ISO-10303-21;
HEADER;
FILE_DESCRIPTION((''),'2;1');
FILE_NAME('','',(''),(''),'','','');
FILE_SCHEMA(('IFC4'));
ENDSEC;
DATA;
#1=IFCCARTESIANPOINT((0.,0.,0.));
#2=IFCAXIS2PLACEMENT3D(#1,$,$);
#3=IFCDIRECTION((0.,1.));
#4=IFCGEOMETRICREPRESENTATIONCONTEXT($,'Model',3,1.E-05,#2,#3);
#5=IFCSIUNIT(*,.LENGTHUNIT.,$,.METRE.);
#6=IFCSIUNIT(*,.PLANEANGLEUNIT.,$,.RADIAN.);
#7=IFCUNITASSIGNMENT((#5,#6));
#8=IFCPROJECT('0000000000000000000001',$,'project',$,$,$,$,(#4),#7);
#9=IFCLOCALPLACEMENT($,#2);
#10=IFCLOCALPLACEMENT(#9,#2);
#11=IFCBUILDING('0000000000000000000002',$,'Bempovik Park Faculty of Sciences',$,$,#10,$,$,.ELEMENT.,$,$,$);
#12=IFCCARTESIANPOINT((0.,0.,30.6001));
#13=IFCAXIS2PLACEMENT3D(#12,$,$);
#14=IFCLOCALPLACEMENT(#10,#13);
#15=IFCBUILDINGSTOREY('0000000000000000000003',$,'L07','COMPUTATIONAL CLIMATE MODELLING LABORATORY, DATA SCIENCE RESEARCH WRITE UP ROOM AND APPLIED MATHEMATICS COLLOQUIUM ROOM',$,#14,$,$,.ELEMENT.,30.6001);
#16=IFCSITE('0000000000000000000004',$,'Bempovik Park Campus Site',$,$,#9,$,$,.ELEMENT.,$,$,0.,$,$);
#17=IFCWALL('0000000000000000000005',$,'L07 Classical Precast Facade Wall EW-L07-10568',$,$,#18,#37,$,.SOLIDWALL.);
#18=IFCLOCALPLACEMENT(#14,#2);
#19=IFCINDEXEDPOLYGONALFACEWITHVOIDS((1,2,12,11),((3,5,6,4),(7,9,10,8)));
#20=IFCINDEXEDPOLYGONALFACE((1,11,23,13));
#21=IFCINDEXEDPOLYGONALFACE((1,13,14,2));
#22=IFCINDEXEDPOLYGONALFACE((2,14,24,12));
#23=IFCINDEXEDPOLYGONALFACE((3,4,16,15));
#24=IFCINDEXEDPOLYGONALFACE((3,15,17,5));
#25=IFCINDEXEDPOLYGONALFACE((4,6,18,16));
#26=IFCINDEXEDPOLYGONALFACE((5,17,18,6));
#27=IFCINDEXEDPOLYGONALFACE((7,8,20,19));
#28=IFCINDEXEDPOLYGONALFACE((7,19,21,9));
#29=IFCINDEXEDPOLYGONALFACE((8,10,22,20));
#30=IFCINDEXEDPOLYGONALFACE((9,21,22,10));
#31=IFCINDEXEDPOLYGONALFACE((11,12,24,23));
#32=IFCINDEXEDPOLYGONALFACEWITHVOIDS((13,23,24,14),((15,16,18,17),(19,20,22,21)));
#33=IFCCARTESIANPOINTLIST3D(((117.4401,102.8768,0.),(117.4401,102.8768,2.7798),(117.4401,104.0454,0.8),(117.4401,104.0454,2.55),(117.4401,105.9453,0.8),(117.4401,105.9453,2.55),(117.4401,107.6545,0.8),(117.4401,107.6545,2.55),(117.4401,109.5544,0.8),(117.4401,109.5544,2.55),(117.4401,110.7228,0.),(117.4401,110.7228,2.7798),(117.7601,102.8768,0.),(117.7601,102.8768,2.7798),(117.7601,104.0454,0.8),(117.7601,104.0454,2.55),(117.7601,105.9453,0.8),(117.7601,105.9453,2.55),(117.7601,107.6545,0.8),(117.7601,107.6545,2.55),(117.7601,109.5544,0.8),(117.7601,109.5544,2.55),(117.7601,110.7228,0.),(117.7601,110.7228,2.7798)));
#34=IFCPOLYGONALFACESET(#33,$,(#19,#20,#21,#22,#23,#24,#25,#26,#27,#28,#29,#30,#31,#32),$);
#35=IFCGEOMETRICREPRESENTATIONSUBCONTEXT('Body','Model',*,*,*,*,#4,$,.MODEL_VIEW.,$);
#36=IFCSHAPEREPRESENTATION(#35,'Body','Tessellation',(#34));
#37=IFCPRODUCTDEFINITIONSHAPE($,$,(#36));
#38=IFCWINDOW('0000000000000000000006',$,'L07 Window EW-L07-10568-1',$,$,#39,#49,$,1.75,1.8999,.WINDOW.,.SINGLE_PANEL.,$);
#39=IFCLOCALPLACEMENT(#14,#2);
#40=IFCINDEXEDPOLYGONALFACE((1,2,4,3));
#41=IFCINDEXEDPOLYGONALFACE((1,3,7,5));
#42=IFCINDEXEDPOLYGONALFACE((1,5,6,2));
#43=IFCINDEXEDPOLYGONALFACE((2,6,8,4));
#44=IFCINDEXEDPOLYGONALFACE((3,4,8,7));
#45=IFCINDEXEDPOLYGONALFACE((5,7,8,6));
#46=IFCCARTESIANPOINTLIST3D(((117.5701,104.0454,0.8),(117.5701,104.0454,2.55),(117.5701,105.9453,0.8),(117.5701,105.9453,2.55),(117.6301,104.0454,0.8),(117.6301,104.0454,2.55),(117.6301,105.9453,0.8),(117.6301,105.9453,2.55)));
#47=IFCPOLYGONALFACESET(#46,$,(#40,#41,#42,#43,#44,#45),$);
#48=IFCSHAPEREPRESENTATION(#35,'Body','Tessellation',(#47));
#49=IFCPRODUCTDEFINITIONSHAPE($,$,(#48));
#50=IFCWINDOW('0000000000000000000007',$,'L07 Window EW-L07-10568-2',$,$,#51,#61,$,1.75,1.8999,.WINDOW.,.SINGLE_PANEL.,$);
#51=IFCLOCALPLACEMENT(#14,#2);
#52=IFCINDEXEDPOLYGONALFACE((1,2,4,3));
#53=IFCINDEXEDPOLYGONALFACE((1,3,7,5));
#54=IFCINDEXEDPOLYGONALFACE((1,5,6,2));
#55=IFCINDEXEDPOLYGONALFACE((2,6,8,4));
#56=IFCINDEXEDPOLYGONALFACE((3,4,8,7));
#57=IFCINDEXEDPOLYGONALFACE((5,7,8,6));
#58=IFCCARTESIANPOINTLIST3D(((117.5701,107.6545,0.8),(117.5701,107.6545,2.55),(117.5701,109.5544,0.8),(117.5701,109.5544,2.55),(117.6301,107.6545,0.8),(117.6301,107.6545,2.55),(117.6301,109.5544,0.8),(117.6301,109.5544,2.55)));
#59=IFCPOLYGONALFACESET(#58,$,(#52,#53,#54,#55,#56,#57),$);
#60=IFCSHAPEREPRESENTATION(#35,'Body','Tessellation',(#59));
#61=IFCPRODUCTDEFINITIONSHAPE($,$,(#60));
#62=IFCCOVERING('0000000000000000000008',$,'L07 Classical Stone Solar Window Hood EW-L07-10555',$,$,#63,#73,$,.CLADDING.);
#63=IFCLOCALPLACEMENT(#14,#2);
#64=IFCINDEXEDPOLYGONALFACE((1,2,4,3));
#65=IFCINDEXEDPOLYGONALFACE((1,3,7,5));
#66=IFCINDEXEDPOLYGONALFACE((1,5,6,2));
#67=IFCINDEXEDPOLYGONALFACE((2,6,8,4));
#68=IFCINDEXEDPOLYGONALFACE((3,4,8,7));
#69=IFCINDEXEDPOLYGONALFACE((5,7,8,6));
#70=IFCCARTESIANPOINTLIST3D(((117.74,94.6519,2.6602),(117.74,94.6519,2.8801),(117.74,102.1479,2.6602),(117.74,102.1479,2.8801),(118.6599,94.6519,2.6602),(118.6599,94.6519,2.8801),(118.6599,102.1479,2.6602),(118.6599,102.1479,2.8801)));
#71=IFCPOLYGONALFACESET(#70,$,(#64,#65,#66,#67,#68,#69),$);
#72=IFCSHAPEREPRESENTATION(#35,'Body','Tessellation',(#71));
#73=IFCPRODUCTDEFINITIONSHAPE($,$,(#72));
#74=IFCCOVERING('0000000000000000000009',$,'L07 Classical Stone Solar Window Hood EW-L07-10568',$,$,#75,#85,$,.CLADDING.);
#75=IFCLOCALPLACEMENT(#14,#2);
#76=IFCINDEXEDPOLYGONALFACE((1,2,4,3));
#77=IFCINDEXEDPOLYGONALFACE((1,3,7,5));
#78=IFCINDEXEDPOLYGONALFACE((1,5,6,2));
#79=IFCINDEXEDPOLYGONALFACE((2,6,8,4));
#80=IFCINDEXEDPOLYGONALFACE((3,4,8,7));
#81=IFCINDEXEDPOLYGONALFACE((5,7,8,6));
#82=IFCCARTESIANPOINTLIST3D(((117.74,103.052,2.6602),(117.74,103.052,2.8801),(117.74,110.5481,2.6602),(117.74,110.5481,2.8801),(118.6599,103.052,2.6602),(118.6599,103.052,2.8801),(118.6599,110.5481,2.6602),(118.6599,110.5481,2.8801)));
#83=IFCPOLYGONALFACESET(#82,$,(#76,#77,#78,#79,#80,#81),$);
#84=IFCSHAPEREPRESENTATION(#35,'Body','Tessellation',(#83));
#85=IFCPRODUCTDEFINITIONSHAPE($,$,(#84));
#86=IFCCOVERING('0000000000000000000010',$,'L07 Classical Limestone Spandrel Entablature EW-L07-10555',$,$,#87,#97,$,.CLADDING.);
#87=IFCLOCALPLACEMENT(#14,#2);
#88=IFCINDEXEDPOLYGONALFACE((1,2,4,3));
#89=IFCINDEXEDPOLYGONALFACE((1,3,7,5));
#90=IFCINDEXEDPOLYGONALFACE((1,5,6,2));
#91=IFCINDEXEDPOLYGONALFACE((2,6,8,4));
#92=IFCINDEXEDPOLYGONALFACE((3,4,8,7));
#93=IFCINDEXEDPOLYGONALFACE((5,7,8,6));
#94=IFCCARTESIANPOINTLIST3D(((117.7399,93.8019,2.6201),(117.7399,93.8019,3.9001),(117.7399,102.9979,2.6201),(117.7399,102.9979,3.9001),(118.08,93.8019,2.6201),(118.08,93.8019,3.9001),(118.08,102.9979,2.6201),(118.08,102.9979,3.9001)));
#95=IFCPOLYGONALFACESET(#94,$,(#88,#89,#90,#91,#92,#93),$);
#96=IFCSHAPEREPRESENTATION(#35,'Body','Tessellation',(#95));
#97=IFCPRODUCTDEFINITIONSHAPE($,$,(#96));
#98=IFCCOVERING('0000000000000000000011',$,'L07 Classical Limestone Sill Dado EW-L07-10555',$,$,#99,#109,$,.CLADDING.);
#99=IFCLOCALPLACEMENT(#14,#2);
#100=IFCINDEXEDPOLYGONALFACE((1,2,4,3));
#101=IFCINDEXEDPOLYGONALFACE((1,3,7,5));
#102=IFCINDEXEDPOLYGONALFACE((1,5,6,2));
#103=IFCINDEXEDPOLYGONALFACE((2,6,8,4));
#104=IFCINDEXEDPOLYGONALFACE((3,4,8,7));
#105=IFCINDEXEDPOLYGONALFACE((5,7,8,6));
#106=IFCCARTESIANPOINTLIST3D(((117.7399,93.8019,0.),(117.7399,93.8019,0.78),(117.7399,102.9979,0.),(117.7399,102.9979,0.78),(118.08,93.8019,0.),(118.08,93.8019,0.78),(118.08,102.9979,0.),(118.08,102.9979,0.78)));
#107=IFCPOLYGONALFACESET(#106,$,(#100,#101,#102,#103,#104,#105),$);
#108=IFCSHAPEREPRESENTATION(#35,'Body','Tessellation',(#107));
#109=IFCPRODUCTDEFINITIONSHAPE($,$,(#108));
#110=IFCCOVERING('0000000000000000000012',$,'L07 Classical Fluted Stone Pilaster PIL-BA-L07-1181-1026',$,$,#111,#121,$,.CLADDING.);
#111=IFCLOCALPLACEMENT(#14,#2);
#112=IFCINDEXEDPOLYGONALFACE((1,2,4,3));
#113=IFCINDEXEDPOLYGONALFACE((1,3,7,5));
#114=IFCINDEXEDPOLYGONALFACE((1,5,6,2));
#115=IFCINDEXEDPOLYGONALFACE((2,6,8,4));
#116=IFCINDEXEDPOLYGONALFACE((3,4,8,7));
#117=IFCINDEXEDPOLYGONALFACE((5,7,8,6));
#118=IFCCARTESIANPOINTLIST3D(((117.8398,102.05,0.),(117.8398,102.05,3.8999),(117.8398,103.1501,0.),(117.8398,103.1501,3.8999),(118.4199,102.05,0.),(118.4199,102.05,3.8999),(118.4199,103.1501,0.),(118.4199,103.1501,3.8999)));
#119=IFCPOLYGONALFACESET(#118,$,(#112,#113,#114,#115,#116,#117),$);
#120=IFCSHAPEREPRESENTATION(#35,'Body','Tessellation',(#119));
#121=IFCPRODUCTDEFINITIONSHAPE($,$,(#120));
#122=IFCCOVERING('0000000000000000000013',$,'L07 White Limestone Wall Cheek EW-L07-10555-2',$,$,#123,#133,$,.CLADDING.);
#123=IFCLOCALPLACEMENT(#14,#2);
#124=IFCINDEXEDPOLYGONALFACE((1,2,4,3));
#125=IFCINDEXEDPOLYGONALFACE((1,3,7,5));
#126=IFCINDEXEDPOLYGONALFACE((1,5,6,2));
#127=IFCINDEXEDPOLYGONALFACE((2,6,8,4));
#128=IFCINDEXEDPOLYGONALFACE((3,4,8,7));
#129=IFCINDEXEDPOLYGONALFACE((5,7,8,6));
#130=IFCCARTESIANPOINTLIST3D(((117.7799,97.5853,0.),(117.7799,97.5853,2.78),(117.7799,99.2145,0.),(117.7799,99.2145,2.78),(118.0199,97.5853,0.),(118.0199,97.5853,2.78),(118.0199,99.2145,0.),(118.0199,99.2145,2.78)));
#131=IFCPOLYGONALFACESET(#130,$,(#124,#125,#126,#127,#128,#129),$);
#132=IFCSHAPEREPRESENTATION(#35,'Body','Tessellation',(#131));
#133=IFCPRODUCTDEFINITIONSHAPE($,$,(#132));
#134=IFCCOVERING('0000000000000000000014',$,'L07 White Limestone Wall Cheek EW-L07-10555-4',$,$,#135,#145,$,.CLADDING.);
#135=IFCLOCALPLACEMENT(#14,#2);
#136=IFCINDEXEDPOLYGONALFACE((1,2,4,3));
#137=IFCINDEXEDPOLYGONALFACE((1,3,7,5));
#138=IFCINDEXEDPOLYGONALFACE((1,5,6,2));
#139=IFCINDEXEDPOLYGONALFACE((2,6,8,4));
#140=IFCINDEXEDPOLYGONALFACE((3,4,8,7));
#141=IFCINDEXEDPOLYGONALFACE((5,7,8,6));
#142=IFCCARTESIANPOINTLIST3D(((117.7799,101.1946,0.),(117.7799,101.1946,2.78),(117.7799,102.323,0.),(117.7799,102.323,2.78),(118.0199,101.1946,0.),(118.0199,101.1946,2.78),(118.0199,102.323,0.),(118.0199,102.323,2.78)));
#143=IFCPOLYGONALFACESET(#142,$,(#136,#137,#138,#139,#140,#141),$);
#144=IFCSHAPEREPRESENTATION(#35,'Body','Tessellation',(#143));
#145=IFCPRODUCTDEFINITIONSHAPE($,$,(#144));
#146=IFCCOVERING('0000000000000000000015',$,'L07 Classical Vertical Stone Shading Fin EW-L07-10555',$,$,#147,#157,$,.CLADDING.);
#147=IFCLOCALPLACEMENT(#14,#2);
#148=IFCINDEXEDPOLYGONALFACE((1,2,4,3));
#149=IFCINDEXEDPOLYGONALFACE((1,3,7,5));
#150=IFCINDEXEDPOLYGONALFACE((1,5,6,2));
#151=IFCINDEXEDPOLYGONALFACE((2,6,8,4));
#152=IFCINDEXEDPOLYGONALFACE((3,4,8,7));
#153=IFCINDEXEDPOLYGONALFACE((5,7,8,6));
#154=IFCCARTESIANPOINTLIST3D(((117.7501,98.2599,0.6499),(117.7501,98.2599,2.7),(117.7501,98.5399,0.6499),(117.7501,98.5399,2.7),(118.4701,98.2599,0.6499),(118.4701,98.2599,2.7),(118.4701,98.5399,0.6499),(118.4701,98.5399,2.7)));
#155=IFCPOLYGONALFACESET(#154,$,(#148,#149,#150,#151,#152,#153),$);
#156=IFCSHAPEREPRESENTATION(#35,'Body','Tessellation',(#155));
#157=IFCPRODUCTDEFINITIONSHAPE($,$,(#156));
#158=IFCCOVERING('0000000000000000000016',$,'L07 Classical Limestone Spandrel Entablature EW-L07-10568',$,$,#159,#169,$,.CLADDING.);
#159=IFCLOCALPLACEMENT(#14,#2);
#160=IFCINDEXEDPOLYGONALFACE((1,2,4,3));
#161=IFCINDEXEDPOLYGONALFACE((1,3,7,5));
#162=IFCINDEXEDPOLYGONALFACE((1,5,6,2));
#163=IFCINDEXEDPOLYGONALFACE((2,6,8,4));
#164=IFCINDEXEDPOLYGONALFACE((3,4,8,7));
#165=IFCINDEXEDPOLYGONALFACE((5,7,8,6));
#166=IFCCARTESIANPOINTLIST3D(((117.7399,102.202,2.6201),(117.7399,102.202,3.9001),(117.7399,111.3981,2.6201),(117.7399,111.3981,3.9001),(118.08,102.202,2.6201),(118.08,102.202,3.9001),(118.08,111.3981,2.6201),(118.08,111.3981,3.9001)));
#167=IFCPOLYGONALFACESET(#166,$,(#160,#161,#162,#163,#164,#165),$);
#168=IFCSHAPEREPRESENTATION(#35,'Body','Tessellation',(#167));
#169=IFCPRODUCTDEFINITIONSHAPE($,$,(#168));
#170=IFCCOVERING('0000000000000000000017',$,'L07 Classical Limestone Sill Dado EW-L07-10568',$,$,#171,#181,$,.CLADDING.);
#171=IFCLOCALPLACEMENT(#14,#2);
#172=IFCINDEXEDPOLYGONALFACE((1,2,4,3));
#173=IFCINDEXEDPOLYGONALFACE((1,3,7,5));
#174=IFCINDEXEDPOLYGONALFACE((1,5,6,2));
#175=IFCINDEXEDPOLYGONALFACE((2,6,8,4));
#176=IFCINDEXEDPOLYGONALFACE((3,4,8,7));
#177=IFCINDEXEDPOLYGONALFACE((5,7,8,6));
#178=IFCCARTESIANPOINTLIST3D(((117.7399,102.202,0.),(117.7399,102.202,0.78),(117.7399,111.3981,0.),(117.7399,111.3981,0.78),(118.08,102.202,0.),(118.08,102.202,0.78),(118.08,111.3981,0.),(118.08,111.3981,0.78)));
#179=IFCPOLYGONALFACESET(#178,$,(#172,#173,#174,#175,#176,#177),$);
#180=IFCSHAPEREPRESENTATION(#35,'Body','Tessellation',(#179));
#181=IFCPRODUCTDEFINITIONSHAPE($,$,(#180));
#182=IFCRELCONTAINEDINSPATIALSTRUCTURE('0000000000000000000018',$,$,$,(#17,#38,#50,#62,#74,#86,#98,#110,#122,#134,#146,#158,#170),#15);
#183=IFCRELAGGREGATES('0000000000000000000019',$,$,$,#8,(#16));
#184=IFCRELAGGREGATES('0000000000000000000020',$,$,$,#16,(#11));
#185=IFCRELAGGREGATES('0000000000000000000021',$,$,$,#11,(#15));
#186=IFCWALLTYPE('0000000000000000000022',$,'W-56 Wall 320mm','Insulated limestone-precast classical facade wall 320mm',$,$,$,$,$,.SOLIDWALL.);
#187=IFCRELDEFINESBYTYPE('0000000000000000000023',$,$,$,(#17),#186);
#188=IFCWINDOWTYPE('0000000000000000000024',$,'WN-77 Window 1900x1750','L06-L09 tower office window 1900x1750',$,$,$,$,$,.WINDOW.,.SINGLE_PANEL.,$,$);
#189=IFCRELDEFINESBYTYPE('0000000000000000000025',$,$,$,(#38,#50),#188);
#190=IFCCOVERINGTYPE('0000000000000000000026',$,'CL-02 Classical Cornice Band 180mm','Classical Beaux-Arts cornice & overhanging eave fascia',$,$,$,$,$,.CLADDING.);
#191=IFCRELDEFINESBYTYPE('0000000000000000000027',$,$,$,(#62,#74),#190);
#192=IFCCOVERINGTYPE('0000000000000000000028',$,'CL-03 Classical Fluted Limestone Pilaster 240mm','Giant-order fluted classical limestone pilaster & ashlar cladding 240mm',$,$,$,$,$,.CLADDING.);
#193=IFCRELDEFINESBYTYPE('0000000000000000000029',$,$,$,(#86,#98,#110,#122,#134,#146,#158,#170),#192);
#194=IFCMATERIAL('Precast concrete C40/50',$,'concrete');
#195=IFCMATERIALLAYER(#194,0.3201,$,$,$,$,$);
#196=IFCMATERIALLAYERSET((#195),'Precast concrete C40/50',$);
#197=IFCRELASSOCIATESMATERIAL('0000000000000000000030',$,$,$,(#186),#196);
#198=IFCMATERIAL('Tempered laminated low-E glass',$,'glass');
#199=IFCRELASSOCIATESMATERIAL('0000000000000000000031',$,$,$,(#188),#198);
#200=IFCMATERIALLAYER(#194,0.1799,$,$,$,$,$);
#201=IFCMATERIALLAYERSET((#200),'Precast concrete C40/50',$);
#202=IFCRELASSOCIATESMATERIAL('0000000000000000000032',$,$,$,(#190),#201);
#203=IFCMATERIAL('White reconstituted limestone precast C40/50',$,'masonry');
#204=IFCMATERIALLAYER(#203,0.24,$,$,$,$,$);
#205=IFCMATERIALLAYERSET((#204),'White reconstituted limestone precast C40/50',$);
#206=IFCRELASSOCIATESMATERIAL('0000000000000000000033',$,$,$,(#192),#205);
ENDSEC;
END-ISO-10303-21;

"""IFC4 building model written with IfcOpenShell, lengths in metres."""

from ifc_helpers import new_model, si_unit, direction, frame, frame_2d, origin, origin_2d, place, context, subcontext, project, spatial, rectangle, extrude, material, layer, layer_set, type_object, element, fill, save


model = new_model("IFC4")

# Units and contexts
model_context = context("Model", 3, precision=1e-05, world=origin(), true_north=direction((0.0, 1.0)))
body_context = subcontext(model_context, "Body", "Model", "MODEL_VIEW")
ifc_project = project(units=[si_unit("LENGTHUNIT", "METRE"), si_unit("PLANEANGLEUNIT", "RADIAN")], contexts=[model_context])

# Site, building, storey
site_placement = place(None, origin())
site = spatial("IfcSite", under=ifc_project, at=site_placement, Name="Bempovik Park Campus Site", CompositionType="ELEMENT", RefElevation=0.0)
building_placement = place(site_placement, origin())
building = spatial("IfcBuilding", under=site, at=building_placement, Name="Bempovik Park Faculty of Sciences", CompositionType="ELEMENT")
storey_placement = place(building_placement, frame((0.0, 0.0, 30.6001)))
storey = spatial("IfcBuildingStorey", under=building, at=storey_placement, Name="L07", Description="COMPUTATIONAL CLIMATE MODELLING LABORATORY, DATA SCIENCE RESEARCH WRITE UP ROOM AND APPLIED MATHEMATICS COLLOQUIUM ROOM", CompositionType="ELEMENT", Elevation=30.6001)

# Wall, openings, windows
ifc_material_1 = material(Name="Precast concrete C40/50", Category="concrete")
ifc_layer_1 = layer(ifc_material_1, 0.3201)
ifc_layer_set_1 = layer_set([ifc_layer_1], Name="Precast concrete C40/50")
wall_type_1 = type_object("IfcWallType", Name="W-56 Wall 320mm", Description="Insulated limestone-precast classical facade wall 320mm", PredefinedType="SOLIDWALL", material=ifc_layer_set_1)
wall_1_placement = place(storey_placement, frame((117.6001, 102.877, 0.0), z_axis=(0.0, 0.0, 1.0), x_axis=(0.0, 1.0, 0.0)))
wall_1 = element("IfcWall", 1, at=wall_1_placement, inside=storey, type_object=wall_type_1, Name="L07 Classical Precast Facade Wall EW-L07-10568", PredefinedType="SOLIDWALL", context=body_context, shape_type="SweptSolid", body=[
    extrude(rectangle(XDim=7.8459, YDim=0.3201, at=frame_2d((3.9229, 0.0))), origin(), (0.0, 0.0, 1.0), 2.7798),
])
opening_1_placement = place(wall_1_placement, frame((1.1685, 0.0, 0.8)))
opening_1 = element("IfcOpeningElement", 2, at=opening_1_placement, cuts=wall_1, PredefinedType="OPENING", context=body_context, shape_type="SweptSolid", body=[
    extrude(rectangle(XDim=1.8999, YDim=1.75, at=frame_2d((0.95, 0.875))), frame((0.0, 0.1699, 0.0), z_axis=(0.0, -1.0, 0.0), x_axis=(1.0, 0.0, 0.0)), (0.0, 0.0, 1.0), 0.3401),
])
opening_2_placement = place(wall_1_placement, frame((4.7776, 0.0, 0.8)))
opening_2 = element("IfcOpeningElement", 3, at=opening_2_placement, cuts=wall_1, PredefinedType="OPENING", context=body_context, shape_type="SweptSolid", body=[
    extrude(rectangle(XDim=1.8999, YDim=1.75, at=frame_2d((0.95, 0.875))), frame((0.0, 0.1699, 0.0), z_axis=(0.0, -1.0, 0.0), x_axis=(1.0, 0.0, 0.0)), (0.0, 0.0, 1.0), 0.3401),
])
ifc_material_2 = material(Name="Tempered laminated low-E glass", Category="glass")
window_type = type_object("IfcWindowType", Name="WN-77 Window 1900x1750", Description="L06-L09 tower office window 1900x1750", PartitioningType="SINGLE_PANEL", PredefinedType="WINDOW", material=ifc_material_2)
window_1_placement = place(opening_1_placement, origin())
window_1 = element("IfcWindow", 4, at=window_1_placement, inside=storey, type_object=window_type, Name="L07 Window EW-L07-10568-1", OverallHeight=1.75, OverallWidth=1.8999, PartitioningType="SINGLE_PANEL", PredefinedType="WINDOW", context=body_context, shape_type="SweptSolid", body=[
    extrude(rectangle(XDim=1.8999, YDim=1.75, at=frame_2d((0.95, 0.875))), frame((0.0, 0.03, 0.0), z_axis=(0.0, -1.0, 0.0), x_axis=(1.0, 0.0, 0.0)), (0.0, 0.0, 1.0), 0.0601),
])
fill(opening_1, window_1)
window_2_placement = place(opening_2_placement, origin())
window_2 = element("IfcWindow", 5, at=window_2_placement, inside=storey, type_object=window_type, Name="L07 Window EW-L07-10568-2", OverallHeight=1.75, OverallWidth=1.8999, PartitioningType="SINGLE_PANEL", PredefinedType="WINDOW", context=body_context, shape_type="SweptSolid", body=[
    extrude(rectangle(XDim=1.8999, YDim=1.75, at=frame_2d((0.95, 0.875))), frame((0.0, 0.03, 0.0), z_axis=(0.0, -1.0, 0.0), x_axis=(1.0, 0.0, 0.0)), (0.0, 0.0, 1.0), 0.0601),
])
fill(opening_2, window_2)

# Coverings
ifc_layer_2 = layer(ifc_material_1, 0.1799)
ifc_layer_set_2 = layer_set([ifc_layer_2], Name="Precast concrete C40/50")
covering_type_1 = type_object("IfcCoveringType", Name="CL-02 Classical Cornice Band 180mm", Description="Classical Beaux-Arts cornice & overhanging eave fascia", PredefinedType="CLADDING", material=ifc_layer_set_2)
for number, where, z_axis, x_axis, name in (
    (6, (118.2, 98.3999, 2.6602), (0.0, 0.0, 1.0), (1.0, 0.0, 0.0), "L07 Classical Stone Solar Window Hood EW-L07-10555"),
    (7, (118.2, 106.8, 2.6602), (0.0, 0.0, 1.0), (1.0, 0.0, 0.0), "L07 Classical Stone Solar Window Hood EW-L07-10568"),
):
    element("IfcCovering", number, at=place(storey_placement, frame(where, z_axis=z_axis, x_axis=x_axis)), inside=storey, type_object=covering_type_1, Name=name, PredefinedType="CLADDING", context=body_context, shape_type="SweptSolid", body=[
        extrude(rectangle(XDim=0.9199, YDim=7.4961, at=origin_2d()), origin(), (0.0, 0.0, 1.0), 0.22),
    ])
ifc_material_3 = material(Name="White reconstituted limestone precast C40/50", Category="masonry")
ifc_layer_3 = layer(ifc_material_3, 0.24)
ifc_layer_set_3 = layer_set([ifc_layer_3], Name="White reconstituted limestone precast C40/50")
covering_type_2 = type_object("IfcCoveringType", Name="CL-03 Classical Fluted Limestone Pilaster 240mm", Description="Giant-order fluted classical limestone pilaster & ashlar cladding 240mm", PredefinedType="CLADDING", material=ifc_layer_set_3)
covering_1_placement = place(storey_placement, frame((117.9099, 98.3999, 2.6201), z_axis=(0.0, 0.0, 1.0), x_axis=(1.0, 0.0, 0.0)))
element("IfcCovering", 8, at=covering_1_placement, inside=storey, type_object=covering_type_2, Name="L07 Classical Limestone Spandrel Entablature EW-L07-10555", PredefinedType="CLADDING", context=body_context, shape_type="SweptSolid", body=[
    extrude(rectangle(XDim=0.3401, YDim=9.196, at=origin_2d()), origin(), (0.0, 0.0, 1.0), 1.28),
])
covering_2_placement = place(storey_placement, frame((117.9099, 98.3999, 0.0), z_axis=(0.0, 0.0, 1.0), x_axis=(1.0, 0.0, 0.0)))
element("IfcCovering", 9, at=covering_2_placement, inside=storey, type_object=covering_type_2, Name="L07 Classical Limestone Sill Dado EW-L07-10555", PredefinedType="CLADDING", context=body_context, shape_type="SweptSolid", body=[
    extrude(rectangle(XDim=0.3401, YDim=9.196, at=origin_2d()), origin(), (0.0, 0.0, 1.0), 0.78),
])
covering_3_placement = place(storey_placement, frame((118.1299, 102.6001, 0.0), z_axis=(0.0, 0.0, 1.0), x_axis=(1.0, 0.0, 0.0)))
element("IfcCovering", 10, at=covering_3_placement, inside=storey, type_object=covering_type_2, Name="L07 Classical Fluted Stone Pilaster PIL-BA-L07-1181-1026", PredefinedType="CLADDING", context=body_context, shape_type="SweptSolid", body=[
    extrude(rectangle(XDim=0.5801, YDim=1.1001, at=origin_2d()), origin(), (0.0, 0.0, 1.0), 3.8999),
])
covering_4_placement = place(storey_placement, frame((117.8999, 98.3999, 0.0), z_axis=(0.0, 0.0, 1.0), x_axis=(1.0, 0.0, 0.0)))
element("IfcCovering", 11, at=covering_4_placement, inside=storey, type_object=covering_type_2, Name="L07 White Limestone Wall Cheek EW-L07-10555-2", PredefinedType="CLADDING", context=body_context, shape_type="SweptSolid", body=[
    extrude(rectangle(XDim=0.24, YDim=1.6292, at=origin_2d()), origin(), (0.0, 0.0, 1.0), 2.78),
])
covering_5_placement = place(storey_placement, frame((117.8999, 101.7588, 0.0), z_axis=(0.0, 0.0, 1.0), x_axis=(1.0, 0.0, 0.0)))
element("IfcCovering", 12, at=covering_5_placement, inside=storey, type_object=covering_type_2, Name="L07 White Limestone Wall Cheek EW-L07-10555-4", PredefinedType="CLADDING", context=body_context, shape_type="SweptSolid", body=[
    extrude(rectangle(XDim=0.24, YDim=1.1284, at=origin_2d()), origin(), (0.0, 0.0, 1.0), 2.78),
])
covering_6_placement = place(storey_placement, frame((118.1101, 98.3999, 0.6499), z_axis=(0.0, 0.0, 1.0), x_axis=(1.0, 0.0, 0.0)))
element("IfcCovering", 13, at=covering_6_placement, inside=storey, type_object=covering_type_2, Name="L07 Classical Vertical Stone Shading Fin EW-L07-10555", PredefinedType="CLADDING", context=body_context, shape_type="SweptSolid", body=[
    extrude(rectangle(XDim=0.72, YDim=0.28, at=origin_2d()), origin(), (0.0, 0.0, 1.0), 2.05),
])
covering_7_placement = place(storey_placement, frame((117.9099, 106.8, 2.6201), z_axis=(0.0, 0.0, 1.0), x_axis=(1.0, 0.0, 0.0)))
element("IfcCovering", 14, at=covering_7_placement, inside=storey, type_object=covering_type_2, Name="L07 Classical Limestone Spandrel Entablature EW-L07-10568", PredefinedType="CLADDING", context=body_context, shape_type="SweptSolid", body=[
    extrude(rectangle(XDim=0.3401, YDim=9.196, at=origin_2d()), origin(), (0.0, 0.0, 1.0), 1.28),
])
covering_8_placement = place(storey_placement, frame((117.9099, 106.8, 0.0), z_axis=(0.0, 0.0, 1.0), x_axis=(1.0, 0.0, 0.0)))
element("IfcCovering", 15, at=covering_8_placement, inside=storey, type_object=covering_type_2, Name="L07 Classical Limestone Sill Dado EW-L07-10568", PredefinedType="CLADDING", context=body_context, shape_type="SweptSolid", body=[
    extrude(rectangle(XDim=0.3401, YDim=9.196, at=origin_2d()), origin(), (0.0, 0.0, 1.0), 0.78),
])

save(model, "model.ifc")
